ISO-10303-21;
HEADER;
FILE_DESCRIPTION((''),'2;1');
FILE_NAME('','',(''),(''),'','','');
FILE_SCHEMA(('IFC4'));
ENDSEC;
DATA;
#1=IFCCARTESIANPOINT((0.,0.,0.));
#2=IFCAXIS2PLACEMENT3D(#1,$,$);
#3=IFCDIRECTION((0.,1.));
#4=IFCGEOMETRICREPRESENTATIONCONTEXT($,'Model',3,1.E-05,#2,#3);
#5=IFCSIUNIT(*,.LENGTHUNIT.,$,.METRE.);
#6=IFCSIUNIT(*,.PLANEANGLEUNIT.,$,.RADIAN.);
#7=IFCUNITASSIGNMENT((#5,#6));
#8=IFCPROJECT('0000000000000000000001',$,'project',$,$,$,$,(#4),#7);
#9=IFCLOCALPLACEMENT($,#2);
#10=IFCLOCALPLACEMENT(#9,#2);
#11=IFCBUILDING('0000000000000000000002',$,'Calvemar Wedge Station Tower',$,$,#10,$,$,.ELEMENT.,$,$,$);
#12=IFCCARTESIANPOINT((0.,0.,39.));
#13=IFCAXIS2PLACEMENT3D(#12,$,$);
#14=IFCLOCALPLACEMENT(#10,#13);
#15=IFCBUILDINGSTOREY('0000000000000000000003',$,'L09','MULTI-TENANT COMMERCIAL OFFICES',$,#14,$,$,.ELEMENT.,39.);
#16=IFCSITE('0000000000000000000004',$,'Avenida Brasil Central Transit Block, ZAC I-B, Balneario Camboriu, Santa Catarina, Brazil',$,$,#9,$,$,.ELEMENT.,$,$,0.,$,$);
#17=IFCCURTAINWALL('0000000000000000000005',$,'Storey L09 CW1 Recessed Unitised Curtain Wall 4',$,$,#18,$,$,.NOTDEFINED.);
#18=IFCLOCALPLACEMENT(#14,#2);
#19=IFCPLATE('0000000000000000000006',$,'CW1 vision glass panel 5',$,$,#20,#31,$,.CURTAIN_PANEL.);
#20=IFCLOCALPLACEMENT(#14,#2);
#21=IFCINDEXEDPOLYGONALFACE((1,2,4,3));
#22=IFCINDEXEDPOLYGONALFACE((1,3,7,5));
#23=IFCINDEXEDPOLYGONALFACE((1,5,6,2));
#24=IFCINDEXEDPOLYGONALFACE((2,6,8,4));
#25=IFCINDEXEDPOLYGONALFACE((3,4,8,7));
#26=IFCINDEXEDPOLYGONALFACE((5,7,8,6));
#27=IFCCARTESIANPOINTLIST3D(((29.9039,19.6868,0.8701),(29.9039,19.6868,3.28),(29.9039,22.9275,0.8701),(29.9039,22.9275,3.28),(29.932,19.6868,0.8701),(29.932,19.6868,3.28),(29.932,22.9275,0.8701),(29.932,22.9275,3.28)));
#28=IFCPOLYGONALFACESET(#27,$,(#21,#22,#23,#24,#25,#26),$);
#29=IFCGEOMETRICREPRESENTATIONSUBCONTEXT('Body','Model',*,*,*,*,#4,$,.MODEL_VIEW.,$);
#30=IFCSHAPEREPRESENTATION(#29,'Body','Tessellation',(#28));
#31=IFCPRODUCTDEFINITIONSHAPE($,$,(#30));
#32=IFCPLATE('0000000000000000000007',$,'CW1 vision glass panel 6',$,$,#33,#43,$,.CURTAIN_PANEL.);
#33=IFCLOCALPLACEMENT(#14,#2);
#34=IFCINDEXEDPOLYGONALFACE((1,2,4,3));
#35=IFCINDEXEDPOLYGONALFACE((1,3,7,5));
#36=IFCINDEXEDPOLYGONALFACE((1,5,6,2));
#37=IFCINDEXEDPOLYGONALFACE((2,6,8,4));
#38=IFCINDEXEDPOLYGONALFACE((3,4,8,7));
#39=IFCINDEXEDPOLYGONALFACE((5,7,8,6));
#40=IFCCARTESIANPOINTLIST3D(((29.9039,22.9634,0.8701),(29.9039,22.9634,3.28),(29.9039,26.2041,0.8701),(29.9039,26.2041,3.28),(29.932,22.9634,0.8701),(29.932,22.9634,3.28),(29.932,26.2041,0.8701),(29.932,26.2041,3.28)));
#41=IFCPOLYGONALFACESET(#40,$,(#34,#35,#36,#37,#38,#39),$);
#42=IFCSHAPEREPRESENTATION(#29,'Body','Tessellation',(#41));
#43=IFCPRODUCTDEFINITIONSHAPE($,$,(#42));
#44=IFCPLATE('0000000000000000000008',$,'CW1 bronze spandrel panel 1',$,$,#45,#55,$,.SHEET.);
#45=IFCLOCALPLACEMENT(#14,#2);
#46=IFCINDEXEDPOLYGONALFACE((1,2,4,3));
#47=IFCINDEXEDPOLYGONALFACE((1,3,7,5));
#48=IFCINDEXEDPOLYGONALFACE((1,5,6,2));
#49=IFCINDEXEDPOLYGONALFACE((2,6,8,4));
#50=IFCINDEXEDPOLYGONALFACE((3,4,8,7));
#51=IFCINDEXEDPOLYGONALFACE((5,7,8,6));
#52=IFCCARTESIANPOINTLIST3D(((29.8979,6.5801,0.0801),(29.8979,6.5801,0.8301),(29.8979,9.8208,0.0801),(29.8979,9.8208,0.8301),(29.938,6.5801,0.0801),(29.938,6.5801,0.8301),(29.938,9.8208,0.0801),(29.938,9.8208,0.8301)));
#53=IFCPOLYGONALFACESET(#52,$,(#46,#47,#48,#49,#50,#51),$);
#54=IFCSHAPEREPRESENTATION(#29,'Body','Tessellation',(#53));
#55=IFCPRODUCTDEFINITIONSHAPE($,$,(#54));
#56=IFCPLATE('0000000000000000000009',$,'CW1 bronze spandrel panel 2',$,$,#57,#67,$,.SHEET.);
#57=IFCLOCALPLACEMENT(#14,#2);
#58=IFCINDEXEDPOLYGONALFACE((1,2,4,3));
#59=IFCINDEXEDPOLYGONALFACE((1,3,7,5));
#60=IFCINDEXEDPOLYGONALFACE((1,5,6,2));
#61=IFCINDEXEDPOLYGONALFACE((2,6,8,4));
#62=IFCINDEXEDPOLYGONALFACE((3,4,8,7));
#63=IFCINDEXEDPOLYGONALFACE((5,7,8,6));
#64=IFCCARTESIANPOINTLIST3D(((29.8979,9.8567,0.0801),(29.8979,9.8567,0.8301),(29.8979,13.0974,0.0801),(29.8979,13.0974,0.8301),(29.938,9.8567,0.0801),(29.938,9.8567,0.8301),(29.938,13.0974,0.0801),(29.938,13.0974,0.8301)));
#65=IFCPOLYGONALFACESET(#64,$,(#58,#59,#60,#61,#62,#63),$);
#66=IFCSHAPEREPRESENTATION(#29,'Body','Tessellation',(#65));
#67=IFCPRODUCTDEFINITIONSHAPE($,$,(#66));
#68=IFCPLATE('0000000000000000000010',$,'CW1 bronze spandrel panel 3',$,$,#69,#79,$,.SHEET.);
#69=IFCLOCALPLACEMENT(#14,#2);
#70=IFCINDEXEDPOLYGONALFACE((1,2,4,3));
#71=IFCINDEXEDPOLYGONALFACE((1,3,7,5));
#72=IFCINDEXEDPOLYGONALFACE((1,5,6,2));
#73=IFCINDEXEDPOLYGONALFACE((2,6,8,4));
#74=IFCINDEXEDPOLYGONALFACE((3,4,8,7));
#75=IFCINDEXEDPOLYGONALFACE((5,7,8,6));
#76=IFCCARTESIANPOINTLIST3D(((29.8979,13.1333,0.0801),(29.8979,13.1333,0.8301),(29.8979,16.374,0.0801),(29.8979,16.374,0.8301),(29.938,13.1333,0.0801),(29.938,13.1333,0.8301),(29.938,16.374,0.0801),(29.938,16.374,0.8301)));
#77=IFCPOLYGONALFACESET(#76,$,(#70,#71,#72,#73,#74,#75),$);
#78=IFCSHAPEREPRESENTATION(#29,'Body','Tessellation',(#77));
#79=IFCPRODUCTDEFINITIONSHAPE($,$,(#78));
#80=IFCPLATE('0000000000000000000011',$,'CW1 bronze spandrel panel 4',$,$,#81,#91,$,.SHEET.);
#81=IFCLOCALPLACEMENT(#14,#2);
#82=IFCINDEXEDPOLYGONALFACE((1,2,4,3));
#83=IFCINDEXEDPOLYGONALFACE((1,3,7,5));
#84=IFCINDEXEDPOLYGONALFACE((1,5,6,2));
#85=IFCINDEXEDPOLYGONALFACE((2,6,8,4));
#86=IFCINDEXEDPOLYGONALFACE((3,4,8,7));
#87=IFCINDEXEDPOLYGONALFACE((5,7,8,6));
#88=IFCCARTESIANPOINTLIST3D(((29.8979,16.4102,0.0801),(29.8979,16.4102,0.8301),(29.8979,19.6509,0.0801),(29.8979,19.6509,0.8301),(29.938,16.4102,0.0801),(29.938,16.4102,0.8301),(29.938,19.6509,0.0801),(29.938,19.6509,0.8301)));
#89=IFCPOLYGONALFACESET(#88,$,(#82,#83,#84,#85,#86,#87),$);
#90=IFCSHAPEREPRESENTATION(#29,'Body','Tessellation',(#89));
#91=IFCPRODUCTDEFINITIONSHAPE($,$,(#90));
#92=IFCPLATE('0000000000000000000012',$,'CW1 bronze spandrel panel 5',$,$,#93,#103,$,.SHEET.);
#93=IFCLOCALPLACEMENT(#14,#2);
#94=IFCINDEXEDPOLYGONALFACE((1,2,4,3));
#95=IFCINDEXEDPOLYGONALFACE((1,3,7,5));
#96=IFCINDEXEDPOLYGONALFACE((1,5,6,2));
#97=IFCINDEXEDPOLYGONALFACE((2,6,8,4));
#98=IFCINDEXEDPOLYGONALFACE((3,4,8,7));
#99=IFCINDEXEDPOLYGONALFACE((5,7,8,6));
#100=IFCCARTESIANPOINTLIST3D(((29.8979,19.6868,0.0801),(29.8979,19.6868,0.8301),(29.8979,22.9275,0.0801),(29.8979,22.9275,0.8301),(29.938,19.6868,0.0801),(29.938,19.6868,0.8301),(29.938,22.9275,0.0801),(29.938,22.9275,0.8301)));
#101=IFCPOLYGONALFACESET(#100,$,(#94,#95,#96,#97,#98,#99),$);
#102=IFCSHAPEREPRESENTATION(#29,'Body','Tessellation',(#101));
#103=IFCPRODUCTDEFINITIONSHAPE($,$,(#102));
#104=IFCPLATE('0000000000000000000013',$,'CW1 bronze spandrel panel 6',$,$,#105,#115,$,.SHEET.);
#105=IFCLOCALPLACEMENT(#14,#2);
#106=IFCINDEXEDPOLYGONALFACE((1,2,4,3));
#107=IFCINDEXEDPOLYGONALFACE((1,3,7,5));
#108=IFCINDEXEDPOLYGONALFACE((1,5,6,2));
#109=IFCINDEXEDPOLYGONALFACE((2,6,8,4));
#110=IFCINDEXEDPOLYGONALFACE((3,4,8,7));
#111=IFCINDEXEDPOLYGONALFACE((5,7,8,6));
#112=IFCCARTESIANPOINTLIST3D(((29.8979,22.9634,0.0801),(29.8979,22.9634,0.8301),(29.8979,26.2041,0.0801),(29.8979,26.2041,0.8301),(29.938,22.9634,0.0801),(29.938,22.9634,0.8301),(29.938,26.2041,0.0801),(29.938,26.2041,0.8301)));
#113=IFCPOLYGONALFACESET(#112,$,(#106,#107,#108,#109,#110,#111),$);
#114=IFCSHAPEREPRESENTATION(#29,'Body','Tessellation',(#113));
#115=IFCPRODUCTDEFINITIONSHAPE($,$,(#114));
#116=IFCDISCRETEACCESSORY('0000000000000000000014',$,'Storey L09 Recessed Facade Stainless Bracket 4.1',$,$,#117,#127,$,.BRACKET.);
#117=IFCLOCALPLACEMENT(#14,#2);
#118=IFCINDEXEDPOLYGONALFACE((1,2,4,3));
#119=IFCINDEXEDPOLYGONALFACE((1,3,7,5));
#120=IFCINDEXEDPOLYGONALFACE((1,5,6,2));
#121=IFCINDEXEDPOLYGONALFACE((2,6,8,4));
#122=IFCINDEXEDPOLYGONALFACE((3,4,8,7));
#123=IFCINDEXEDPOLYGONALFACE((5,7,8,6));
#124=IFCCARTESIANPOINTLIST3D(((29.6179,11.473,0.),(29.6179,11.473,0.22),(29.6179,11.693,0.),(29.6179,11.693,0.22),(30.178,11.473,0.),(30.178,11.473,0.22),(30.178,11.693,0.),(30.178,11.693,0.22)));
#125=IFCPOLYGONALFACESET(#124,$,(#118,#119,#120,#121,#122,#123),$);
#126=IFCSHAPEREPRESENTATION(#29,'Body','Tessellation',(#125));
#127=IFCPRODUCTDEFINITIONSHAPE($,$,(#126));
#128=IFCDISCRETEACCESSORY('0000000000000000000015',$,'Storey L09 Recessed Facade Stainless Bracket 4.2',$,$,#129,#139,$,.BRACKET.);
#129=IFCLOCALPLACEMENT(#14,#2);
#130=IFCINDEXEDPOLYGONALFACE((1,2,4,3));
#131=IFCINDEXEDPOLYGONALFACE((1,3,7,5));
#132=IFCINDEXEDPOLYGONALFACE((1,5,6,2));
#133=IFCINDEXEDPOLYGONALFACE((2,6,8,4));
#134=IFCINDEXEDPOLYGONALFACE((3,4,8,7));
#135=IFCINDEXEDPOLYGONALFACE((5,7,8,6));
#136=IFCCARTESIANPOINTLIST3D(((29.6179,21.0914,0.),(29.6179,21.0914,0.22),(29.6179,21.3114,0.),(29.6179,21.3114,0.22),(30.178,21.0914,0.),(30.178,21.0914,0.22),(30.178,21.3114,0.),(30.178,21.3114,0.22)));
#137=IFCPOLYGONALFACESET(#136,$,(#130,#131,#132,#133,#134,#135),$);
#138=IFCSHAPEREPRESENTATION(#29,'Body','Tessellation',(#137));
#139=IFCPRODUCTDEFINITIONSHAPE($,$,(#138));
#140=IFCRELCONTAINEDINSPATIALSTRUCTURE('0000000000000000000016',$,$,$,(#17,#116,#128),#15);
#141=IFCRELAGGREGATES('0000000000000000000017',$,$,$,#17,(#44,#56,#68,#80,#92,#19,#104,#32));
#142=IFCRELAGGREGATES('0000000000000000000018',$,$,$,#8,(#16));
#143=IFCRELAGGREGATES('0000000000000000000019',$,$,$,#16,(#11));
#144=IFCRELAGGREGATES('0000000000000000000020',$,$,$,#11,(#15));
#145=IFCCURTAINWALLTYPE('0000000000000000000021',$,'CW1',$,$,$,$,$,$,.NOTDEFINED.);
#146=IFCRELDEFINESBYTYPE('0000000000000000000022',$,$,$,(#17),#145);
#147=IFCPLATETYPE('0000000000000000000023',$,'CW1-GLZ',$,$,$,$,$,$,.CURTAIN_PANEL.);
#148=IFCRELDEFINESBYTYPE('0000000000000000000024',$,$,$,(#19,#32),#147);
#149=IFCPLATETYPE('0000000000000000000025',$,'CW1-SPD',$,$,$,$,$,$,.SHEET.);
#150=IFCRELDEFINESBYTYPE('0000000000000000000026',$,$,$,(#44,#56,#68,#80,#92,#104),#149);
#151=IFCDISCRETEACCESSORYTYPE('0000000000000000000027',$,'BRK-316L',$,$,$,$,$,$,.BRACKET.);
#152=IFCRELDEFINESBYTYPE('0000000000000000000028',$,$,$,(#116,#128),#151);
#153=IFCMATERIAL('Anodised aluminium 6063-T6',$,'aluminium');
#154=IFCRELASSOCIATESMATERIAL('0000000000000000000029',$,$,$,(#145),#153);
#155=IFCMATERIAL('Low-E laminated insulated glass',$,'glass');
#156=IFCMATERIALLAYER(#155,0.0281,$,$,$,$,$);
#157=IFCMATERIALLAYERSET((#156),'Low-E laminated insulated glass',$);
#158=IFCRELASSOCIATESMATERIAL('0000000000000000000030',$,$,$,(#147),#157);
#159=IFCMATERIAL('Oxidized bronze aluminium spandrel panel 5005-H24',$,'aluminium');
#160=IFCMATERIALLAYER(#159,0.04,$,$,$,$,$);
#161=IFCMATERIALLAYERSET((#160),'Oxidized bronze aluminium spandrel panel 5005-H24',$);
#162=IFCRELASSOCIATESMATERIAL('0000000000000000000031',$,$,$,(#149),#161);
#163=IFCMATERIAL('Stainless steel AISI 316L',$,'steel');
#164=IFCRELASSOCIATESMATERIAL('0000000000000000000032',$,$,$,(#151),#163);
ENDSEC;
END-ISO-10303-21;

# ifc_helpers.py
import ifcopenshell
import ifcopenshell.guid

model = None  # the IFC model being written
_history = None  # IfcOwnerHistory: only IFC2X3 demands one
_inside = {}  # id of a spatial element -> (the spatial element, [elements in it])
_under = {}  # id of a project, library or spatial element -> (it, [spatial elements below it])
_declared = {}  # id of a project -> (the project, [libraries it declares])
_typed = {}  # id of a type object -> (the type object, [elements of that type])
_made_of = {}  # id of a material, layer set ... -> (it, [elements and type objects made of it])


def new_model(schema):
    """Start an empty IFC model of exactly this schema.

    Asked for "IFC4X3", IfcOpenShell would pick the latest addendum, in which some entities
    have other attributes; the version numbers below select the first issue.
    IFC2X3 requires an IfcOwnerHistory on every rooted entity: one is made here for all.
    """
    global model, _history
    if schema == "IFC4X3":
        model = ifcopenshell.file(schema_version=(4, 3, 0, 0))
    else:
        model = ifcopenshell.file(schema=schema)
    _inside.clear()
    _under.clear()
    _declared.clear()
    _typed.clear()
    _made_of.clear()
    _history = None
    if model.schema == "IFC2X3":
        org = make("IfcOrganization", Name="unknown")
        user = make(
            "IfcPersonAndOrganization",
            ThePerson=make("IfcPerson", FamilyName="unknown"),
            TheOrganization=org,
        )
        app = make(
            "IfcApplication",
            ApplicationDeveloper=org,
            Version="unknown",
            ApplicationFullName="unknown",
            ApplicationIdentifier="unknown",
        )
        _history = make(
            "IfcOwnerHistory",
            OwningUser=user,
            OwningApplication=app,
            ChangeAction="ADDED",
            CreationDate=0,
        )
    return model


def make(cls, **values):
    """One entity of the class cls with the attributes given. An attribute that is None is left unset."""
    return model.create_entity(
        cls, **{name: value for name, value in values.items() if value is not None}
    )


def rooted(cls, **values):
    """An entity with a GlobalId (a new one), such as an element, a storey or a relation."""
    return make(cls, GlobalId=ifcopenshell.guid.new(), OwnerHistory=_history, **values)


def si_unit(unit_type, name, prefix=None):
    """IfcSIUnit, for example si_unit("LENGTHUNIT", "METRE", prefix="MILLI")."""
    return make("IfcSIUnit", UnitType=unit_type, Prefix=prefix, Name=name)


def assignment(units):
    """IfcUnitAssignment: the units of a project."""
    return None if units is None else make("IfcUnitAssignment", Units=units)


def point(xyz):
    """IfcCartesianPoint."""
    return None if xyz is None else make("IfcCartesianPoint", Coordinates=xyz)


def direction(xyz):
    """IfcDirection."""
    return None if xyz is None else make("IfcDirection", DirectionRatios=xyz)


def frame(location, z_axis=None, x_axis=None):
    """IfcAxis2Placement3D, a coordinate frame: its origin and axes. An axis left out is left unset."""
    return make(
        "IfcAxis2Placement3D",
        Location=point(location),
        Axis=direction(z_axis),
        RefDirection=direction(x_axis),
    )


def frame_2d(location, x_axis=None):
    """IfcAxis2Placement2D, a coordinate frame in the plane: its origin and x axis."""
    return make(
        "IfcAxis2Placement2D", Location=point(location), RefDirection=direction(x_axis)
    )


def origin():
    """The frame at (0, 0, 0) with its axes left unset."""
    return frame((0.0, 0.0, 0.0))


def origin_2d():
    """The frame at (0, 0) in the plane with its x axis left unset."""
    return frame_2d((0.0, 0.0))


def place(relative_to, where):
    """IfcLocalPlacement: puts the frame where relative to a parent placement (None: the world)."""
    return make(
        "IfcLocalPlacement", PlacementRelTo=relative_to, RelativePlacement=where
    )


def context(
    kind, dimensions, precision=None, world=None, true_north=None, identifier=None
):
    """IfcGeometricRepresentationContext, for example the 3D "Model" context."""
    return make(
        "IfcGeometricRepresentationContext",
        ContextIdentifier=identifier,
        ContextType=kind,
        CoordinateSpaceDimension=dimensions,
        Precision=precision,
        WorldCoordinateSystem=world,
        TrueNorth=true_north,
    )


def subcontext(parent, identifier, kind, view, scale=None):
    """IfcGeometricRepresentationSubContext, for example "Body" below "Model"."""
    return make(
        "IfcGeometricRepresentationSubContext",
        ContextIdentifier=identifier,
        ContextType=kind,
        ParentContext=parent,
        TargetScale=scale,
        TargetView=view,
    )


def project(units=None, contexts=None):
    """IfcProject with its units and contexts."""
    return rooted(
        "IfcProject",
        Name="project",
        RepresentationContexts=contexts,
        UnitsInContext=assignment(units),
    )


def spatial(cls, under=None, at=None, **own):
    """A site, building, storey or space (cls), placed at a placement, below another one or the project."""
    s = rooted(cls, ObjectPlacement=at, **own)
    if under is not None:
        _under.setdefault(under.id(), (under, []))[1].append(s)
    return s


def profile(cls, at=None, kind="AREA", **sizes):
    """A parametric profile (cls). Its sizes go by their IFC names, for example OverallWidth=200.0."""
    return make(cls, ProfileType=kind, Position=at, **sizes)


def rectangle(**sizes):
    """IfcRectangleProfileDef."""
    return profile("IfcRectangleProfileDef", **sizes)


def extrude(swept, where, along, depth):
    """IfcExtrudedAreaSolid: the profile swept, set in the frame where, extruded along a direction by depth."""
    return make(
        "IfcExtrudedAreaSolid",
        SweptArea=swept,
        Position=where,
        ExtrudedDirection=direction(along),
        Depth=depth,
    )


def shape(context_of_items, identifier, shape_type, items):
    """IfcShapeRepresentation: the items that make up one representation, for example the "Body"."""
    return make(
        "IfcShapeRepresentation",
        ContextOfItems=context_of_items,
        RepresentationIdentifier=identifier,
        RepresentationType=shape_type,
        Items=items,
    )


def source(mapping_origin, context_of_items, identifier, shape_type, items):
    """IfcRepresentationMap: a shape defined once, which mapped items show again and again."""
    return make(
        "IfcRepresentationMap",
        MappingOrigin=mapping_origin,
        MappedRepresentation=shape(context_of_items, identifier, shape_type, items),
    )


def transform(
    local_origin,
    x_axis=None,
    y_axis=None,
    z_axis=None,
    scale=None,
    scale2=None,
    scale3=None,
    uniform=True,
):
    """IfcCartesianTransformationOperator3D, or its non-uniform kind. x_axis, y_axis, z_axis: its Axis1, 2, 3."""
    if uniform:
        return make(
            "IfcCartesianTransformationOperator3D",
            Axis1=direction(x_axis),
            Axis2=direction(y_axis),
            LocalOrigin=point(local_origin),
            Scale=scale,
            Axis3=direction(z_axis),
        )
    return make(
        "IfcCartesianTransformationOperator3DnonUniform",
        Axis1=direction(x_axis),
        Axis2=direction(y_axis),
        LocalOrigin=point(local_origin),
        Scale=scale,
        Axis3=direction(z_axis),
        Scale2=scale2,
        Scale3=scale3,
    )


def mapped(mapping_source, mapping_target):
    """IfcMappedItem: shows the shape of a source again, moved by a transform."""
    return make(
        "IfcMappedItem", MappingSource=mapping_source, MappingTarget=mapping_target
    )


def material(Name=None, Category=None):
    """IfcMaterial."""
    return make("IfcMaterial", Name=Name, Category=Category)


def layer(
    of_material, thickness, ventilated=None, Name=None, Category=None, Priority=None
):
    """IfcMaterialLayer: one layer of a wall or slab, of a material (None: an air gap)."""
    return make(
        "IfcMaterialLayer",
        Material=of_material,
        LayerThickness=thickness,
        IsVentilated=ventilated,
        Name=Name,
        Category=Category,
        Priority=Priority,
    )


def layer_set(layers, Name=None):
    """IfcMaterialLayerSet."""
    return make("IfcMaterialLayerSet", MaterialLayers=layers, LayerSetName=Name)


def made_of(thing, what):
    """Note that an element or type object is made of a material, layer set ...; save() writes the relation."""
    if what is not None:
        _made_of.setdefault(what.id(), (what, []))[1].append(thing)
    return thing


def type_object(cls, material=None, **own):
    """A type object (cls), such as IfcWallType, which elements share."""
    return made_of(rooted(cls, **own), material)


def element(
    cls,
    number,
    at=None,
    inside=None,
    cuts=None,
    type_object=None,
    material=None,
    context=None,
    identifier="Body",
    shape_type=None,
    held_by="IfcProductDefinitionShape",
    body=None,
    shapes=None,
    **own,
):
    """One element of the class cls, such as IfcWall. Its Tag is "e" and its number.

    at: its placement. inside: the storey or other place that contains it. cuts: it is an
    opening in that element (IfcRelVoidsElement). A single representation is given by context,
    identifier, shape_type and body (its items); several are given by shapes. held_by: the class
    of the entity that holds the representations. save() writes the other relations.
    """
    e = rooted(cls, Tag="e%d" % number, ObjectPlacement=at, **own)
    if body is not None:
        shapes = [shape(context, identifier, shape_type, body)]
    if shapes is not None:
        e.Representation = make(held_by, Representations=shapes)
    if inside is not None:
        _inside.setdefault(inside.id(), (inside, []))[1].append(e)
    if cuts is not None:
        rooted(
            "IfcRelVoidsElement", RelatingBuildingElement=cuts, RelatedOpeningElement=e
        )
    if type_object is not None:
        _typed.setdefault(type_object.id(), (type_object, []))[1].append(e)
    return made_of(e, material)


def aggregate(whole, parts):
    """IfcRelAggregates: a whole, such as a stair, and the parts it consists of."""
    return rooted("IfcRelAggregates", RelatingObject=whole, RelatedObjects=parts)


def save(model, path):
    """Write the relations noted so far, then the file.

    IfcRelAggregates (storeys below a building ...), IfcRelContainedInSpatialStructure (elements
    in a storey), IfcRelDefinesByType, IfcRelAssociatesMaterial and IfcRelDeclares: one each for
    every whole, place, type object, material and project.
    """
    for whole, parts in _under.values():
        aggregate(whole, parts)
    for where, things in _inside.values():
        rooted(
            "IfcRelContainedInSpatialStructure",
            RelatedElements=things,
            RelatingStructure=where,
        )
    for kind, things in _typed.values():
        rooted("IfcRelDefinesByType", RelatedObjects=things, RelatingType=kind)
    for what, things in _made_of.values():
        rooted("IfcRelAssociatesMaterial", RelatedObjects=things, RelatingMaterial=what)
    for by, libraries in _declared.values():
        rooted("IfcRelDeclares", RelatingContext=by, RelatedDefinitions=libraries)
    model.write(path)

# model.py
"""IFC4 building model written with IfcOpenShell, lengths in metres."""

from ifc_helpers import new_model, si_unit, direction, frame, frame_2d, origin, origin_2d, place, context, subcontext, project, spatial, rectangle, extrude, source, transform, mapped, material, layer, layer_set, type_object, element, aggregate, save


model = new_model("IFC4")

# Units and contexts
model_context = context("Model", 3, precision=1e-05, world=origin(), true_north=direction((0.0, 1.0)))
body_context = subcontext(model_context, "Body", "Model", "MODEL_VIEW")
ifc_project = project(units=[si_unit("LENGTHUNIT", "METRE"), si_unit("PLANEANGLEUNIT", "RADIAN")], contexts=[model_context])

# Site, building, storey
site_placement = place(None, origin())
site = spatial("IfcSite", under=ifc_project, at=site_placement, Name="Avenida Brasil Central Transit Block, ZAC I-B, Balneario Camboriu, Santa Catarina, Brazil", CompositionType="ELEMENT", RefElevation=0.0)
building_placement = place(site_placement, origin())
building = spatial("IfcBuilding", under=site, at=building_placement, Name="Calvemar Wedge Station Tower", CompositionType="ELEMENT")
storey_placement = place(building_placement, frame((0.0, 0.0, 39.0)))
storey = spatial("IfcBuildingStorey", under=building, at=storey_placement, Name="L09", Description="MULTI-TENANT COMMERCIAL OFFICES", CompositionType="ELEMENT", Elevation=39.0)

# Curtain wall, plates
ifc_material_1 = material(Name="Anodised aluminium 6063-T6", Category="aluminium")
curtain_wall_type = type_object("IfcCurtainWallType", Name="CW1", PredefinedType="NOTDEFINED", material=ifc_material_1)
curtain_wall_placement = place(storey_placement, origin())
curtain_wall = element("IfcCurtainWall", 1, at=curtain_wall_placement, inside=storey, type_object=curtain_wall_type, Name="Storey L09 CW1 Recessed Unitised Curtain Wall 4", PredefinedType="NOTDEFINED")
ifc_material_2 = material(Name="Low-E laminated insulated glass", Category="glass")
ifc_layer_1 = layer(ifc_material_2, 0.0281)
ifc_layer_set_1 = layer_set([ifc_layer_1], Name="Low-E laminated insulated glass")
plate_type_1 = type_object("IfcPlateType", Name="CW1-GLZ", PredefinedType="CURTAIN_PANEL", material=ifc_layer_set_1)
plate_1_placement = place(storey_placement, frame((29.918, 19.6868, 0.8701), z_axis=(0.0, 0.0, 1.0), x_axis=(0.0, 1.0, 0.0)))
plate_1 = element("IfcPlate", 2, at=plate_1_placement, type_object=plate_type_1, Name="CW1 vision glass panel 5", PredefinedType="CURTAIN_PANEL", context=body_context, shape_type="SweptSolid", body=[
    extrude(rectangle(XDim=3.2407, YDim=0.0281, at=frame_2d((1.6204, 0.0))), origin(), (0.0, 0.0, 1.0), 2.4099),
])
plate_2_placement = place(storey_placement, frame((29.918, 22.9634, 0.8701), z_axis=(0.0, 0.0, 1.0), x_axis=(0.0, 1.0, 0.0)))
plate_2 = element("IfcPlate", 3, at=plate_2_placement, type_object=plate_type_1, Name="CW1 vision glass panel 6", PredefinedType="CURTAIN_PANEL", context=body_context, shape_type="SweptSolid", body=[
    extrude(rectangle(XDim=3.2407, YDim=0.0281, at=frame_2d((1.6204, 0.0))), origin(), (0.0, 0.0, 1.0), 2.4099),
])
ifc_material_3 = material(Name="Oxidized bronze aluminium spandrel panel 5005-H24", Category="aluminium")
ifc_layer_2 = layer(ifc_material_3, 0.04)
ifc_layer_set_2 = layer_set([ifc_layer_2], Name="Oxidized bronze aluminium spandrel panel 5005-H24")
plate_type_2 = type_object("IfcPlateType", Name="CW1-SPD", PredefinedType="SHEET", material=ifc_layer_set_2)
plate_3_placement = place(storey_placement, frame((29.918, 6.5801, 0.0801), z_axis=(0.0, 0.0, 1.0), x_axis=(0.0, 1.0, 0.0)))
plate_3 = element("IfcPlate", 4, at=plate_3_placement, type_object=plate_type_2, Name="CW1 bronze spandrel panel 1", PredefinedType="SHEET", context=body_context, shape_type="SweptSolid", body=[
    extrude(rectangle(XDim=3.2407, YDim=0.04, at=frame_2d((1.6204, 0.0))), origin(), (0.0, 0.0, 1.0), 0.75),
])
plate_4_placement = place(storey_placement, frame((29.918, 9.8567, 0.0801), z_axis=(0.0, 0.0, 1.0), x_axis=(0.0, 1.0, 0.0)))
plate_4 = element("IfcPlate", 5, at=plate_4_placement, type_object=plate_type_2, Name="CW1 bronze spandrel panel 2", PredefinedType="SHEET", context=body_context, shape_type="SweptSolid", body=[
    extrude(rectangle(XDim=3.2407, YDim=0.04, at=frame_2d((1.6204, 0.0))), origin(), (0.0, 0.0, 1.0), 0.75),
])
plate_5_placement = place(storey_placement, frame((29.918, 13.1333, 0.0801), z_axis=(0.0, 0.0, 1.0), x_axis=(0.0, 1.0, 0.0)))
plate_5 = element("IfcPlate", 6, at=plate_5_placement, type_object=plate_type_2, Name="CW1 bronze spandrel panel 3", PredefinedType="SHEET", context=body_context, shape_type="SweptSolid", body=[
    extrude(rectangle(XDim=3.2407, YDim=0.04, at=frame_2d((1.6204, 0.0))), origin(), (0.0, 0.0, 1.0), 0.75),
])
plate_6_placement = place(storey_placement, frame((29.918, 16.4102, 0.0801), z_axis=(0.0, 0.0, 1.0), x_axis=(0.0, 1.0, 0.0)))
plate_6 = element("IfcPlate", 7, at=plate_6_placement, type_object=plate_type_2, Name="CW1 bronze spandrel panel 4", PredefinedType="SHEET", context=body_context, shape_type="SweptSolid", body=[
    extrude(rectangle(XDim=3.2407, YDim=0.04, at=frame_2d((1.6204, 0.0))), origin(), (0.0, 0.0, 1.0), 0.75),
])
plate_7_placement = place(storey_placement, frame((29.918, 19.6868, 0.0801), z_axis=(0.0, 0.0, 1.0), x_axis=(0.0, 1.0, 0.0)))
plate_7 = element("IfcPlate", 8, at=plate_7_placement, type_object=plate_type_2, Name="CW1 bronze spandrel panel 5", PredefinedType="SHEET", context=body_context, shape_type="SweptSolid", body=[
    extrude(rectangle(XDim=3.2407, YDim=0.04, at=frame_2d((1.6204, 0.0))), origin(), (0.0, 0.0, 1.0), 0.75),
])
plate_8_placement = place(storey_placement, frame((29.918, 22.9634, 0.0801), z_axis=(0.0, 0.0, 1.0), x_axis=(0.0, 1.0, 0.0)))
plate_8 = element("IfcPlate", 9, at=plate_8_placement, type_object=plate_type_2, Name="CW1 bronze spandrel panel 6", PredefinedType="SHEET", context=body_context, shape_type="SweptSolid", body=[
    extrude(rectangle(XDim=3.2407, YDim=0.04, at=frame_2d((1.6204, 0.0))), origin(), (0.0, 0.0, 1.0), 0.75),
])
aggregate(curtain_wall, [plate_3, plate_4, plate_5, plate_6, plate_7, plate_1, plate_8, plate_2])

# Discrete accessories
ifc_material_4 = material(Name="Stainless steel AISI 316L", Category="steel")
discrete_accessory_type = type_object("IfcDiscreteAccessoryType", Name="BRK-316L", PredefinedType="BRACKET", material=ifc_material_4)
shared_shape_1 = source(origin(), body_context, "Body", "SweptSolid", [
    extrude(rectangle(XDim=0.22, YDim=0.5601, at=origin_2d()), origin(), (0.0, 0.0, 1.0), 0.22),
])
for number, where, z_axis, x_axis, name in (
    (10, (29.8979, 11.583, 0.0), (0.0, 0.0, 1.0), (0.0, 1.0, 0.0), "Storey L09 Recessed Facade Stainless Bracket 4.1"),
    (11, (29.8979, 21.2014, 0.0), (0.0, 0.0, 1.0), (0.0, 1.0, 0.0), "Storey L09 Recessed Facade Stainless Bracket 4.2"),
):
    element("IfcDiscreteAccessory", number, at=place(storey_placement, frame(where, z_axis=z_axis, x_axis=x_axis)), inside=storey, type_object=discrete_accessory_type, Name=name, PredefinedType="BRACKET", context=body_context, shape_type="MappedRepresentation", body=[
        mapped(shared_shape_1, transform((0.0, 0.0, 0.0), scale=1.0)),
    ])

save(model, "model.ifc")
